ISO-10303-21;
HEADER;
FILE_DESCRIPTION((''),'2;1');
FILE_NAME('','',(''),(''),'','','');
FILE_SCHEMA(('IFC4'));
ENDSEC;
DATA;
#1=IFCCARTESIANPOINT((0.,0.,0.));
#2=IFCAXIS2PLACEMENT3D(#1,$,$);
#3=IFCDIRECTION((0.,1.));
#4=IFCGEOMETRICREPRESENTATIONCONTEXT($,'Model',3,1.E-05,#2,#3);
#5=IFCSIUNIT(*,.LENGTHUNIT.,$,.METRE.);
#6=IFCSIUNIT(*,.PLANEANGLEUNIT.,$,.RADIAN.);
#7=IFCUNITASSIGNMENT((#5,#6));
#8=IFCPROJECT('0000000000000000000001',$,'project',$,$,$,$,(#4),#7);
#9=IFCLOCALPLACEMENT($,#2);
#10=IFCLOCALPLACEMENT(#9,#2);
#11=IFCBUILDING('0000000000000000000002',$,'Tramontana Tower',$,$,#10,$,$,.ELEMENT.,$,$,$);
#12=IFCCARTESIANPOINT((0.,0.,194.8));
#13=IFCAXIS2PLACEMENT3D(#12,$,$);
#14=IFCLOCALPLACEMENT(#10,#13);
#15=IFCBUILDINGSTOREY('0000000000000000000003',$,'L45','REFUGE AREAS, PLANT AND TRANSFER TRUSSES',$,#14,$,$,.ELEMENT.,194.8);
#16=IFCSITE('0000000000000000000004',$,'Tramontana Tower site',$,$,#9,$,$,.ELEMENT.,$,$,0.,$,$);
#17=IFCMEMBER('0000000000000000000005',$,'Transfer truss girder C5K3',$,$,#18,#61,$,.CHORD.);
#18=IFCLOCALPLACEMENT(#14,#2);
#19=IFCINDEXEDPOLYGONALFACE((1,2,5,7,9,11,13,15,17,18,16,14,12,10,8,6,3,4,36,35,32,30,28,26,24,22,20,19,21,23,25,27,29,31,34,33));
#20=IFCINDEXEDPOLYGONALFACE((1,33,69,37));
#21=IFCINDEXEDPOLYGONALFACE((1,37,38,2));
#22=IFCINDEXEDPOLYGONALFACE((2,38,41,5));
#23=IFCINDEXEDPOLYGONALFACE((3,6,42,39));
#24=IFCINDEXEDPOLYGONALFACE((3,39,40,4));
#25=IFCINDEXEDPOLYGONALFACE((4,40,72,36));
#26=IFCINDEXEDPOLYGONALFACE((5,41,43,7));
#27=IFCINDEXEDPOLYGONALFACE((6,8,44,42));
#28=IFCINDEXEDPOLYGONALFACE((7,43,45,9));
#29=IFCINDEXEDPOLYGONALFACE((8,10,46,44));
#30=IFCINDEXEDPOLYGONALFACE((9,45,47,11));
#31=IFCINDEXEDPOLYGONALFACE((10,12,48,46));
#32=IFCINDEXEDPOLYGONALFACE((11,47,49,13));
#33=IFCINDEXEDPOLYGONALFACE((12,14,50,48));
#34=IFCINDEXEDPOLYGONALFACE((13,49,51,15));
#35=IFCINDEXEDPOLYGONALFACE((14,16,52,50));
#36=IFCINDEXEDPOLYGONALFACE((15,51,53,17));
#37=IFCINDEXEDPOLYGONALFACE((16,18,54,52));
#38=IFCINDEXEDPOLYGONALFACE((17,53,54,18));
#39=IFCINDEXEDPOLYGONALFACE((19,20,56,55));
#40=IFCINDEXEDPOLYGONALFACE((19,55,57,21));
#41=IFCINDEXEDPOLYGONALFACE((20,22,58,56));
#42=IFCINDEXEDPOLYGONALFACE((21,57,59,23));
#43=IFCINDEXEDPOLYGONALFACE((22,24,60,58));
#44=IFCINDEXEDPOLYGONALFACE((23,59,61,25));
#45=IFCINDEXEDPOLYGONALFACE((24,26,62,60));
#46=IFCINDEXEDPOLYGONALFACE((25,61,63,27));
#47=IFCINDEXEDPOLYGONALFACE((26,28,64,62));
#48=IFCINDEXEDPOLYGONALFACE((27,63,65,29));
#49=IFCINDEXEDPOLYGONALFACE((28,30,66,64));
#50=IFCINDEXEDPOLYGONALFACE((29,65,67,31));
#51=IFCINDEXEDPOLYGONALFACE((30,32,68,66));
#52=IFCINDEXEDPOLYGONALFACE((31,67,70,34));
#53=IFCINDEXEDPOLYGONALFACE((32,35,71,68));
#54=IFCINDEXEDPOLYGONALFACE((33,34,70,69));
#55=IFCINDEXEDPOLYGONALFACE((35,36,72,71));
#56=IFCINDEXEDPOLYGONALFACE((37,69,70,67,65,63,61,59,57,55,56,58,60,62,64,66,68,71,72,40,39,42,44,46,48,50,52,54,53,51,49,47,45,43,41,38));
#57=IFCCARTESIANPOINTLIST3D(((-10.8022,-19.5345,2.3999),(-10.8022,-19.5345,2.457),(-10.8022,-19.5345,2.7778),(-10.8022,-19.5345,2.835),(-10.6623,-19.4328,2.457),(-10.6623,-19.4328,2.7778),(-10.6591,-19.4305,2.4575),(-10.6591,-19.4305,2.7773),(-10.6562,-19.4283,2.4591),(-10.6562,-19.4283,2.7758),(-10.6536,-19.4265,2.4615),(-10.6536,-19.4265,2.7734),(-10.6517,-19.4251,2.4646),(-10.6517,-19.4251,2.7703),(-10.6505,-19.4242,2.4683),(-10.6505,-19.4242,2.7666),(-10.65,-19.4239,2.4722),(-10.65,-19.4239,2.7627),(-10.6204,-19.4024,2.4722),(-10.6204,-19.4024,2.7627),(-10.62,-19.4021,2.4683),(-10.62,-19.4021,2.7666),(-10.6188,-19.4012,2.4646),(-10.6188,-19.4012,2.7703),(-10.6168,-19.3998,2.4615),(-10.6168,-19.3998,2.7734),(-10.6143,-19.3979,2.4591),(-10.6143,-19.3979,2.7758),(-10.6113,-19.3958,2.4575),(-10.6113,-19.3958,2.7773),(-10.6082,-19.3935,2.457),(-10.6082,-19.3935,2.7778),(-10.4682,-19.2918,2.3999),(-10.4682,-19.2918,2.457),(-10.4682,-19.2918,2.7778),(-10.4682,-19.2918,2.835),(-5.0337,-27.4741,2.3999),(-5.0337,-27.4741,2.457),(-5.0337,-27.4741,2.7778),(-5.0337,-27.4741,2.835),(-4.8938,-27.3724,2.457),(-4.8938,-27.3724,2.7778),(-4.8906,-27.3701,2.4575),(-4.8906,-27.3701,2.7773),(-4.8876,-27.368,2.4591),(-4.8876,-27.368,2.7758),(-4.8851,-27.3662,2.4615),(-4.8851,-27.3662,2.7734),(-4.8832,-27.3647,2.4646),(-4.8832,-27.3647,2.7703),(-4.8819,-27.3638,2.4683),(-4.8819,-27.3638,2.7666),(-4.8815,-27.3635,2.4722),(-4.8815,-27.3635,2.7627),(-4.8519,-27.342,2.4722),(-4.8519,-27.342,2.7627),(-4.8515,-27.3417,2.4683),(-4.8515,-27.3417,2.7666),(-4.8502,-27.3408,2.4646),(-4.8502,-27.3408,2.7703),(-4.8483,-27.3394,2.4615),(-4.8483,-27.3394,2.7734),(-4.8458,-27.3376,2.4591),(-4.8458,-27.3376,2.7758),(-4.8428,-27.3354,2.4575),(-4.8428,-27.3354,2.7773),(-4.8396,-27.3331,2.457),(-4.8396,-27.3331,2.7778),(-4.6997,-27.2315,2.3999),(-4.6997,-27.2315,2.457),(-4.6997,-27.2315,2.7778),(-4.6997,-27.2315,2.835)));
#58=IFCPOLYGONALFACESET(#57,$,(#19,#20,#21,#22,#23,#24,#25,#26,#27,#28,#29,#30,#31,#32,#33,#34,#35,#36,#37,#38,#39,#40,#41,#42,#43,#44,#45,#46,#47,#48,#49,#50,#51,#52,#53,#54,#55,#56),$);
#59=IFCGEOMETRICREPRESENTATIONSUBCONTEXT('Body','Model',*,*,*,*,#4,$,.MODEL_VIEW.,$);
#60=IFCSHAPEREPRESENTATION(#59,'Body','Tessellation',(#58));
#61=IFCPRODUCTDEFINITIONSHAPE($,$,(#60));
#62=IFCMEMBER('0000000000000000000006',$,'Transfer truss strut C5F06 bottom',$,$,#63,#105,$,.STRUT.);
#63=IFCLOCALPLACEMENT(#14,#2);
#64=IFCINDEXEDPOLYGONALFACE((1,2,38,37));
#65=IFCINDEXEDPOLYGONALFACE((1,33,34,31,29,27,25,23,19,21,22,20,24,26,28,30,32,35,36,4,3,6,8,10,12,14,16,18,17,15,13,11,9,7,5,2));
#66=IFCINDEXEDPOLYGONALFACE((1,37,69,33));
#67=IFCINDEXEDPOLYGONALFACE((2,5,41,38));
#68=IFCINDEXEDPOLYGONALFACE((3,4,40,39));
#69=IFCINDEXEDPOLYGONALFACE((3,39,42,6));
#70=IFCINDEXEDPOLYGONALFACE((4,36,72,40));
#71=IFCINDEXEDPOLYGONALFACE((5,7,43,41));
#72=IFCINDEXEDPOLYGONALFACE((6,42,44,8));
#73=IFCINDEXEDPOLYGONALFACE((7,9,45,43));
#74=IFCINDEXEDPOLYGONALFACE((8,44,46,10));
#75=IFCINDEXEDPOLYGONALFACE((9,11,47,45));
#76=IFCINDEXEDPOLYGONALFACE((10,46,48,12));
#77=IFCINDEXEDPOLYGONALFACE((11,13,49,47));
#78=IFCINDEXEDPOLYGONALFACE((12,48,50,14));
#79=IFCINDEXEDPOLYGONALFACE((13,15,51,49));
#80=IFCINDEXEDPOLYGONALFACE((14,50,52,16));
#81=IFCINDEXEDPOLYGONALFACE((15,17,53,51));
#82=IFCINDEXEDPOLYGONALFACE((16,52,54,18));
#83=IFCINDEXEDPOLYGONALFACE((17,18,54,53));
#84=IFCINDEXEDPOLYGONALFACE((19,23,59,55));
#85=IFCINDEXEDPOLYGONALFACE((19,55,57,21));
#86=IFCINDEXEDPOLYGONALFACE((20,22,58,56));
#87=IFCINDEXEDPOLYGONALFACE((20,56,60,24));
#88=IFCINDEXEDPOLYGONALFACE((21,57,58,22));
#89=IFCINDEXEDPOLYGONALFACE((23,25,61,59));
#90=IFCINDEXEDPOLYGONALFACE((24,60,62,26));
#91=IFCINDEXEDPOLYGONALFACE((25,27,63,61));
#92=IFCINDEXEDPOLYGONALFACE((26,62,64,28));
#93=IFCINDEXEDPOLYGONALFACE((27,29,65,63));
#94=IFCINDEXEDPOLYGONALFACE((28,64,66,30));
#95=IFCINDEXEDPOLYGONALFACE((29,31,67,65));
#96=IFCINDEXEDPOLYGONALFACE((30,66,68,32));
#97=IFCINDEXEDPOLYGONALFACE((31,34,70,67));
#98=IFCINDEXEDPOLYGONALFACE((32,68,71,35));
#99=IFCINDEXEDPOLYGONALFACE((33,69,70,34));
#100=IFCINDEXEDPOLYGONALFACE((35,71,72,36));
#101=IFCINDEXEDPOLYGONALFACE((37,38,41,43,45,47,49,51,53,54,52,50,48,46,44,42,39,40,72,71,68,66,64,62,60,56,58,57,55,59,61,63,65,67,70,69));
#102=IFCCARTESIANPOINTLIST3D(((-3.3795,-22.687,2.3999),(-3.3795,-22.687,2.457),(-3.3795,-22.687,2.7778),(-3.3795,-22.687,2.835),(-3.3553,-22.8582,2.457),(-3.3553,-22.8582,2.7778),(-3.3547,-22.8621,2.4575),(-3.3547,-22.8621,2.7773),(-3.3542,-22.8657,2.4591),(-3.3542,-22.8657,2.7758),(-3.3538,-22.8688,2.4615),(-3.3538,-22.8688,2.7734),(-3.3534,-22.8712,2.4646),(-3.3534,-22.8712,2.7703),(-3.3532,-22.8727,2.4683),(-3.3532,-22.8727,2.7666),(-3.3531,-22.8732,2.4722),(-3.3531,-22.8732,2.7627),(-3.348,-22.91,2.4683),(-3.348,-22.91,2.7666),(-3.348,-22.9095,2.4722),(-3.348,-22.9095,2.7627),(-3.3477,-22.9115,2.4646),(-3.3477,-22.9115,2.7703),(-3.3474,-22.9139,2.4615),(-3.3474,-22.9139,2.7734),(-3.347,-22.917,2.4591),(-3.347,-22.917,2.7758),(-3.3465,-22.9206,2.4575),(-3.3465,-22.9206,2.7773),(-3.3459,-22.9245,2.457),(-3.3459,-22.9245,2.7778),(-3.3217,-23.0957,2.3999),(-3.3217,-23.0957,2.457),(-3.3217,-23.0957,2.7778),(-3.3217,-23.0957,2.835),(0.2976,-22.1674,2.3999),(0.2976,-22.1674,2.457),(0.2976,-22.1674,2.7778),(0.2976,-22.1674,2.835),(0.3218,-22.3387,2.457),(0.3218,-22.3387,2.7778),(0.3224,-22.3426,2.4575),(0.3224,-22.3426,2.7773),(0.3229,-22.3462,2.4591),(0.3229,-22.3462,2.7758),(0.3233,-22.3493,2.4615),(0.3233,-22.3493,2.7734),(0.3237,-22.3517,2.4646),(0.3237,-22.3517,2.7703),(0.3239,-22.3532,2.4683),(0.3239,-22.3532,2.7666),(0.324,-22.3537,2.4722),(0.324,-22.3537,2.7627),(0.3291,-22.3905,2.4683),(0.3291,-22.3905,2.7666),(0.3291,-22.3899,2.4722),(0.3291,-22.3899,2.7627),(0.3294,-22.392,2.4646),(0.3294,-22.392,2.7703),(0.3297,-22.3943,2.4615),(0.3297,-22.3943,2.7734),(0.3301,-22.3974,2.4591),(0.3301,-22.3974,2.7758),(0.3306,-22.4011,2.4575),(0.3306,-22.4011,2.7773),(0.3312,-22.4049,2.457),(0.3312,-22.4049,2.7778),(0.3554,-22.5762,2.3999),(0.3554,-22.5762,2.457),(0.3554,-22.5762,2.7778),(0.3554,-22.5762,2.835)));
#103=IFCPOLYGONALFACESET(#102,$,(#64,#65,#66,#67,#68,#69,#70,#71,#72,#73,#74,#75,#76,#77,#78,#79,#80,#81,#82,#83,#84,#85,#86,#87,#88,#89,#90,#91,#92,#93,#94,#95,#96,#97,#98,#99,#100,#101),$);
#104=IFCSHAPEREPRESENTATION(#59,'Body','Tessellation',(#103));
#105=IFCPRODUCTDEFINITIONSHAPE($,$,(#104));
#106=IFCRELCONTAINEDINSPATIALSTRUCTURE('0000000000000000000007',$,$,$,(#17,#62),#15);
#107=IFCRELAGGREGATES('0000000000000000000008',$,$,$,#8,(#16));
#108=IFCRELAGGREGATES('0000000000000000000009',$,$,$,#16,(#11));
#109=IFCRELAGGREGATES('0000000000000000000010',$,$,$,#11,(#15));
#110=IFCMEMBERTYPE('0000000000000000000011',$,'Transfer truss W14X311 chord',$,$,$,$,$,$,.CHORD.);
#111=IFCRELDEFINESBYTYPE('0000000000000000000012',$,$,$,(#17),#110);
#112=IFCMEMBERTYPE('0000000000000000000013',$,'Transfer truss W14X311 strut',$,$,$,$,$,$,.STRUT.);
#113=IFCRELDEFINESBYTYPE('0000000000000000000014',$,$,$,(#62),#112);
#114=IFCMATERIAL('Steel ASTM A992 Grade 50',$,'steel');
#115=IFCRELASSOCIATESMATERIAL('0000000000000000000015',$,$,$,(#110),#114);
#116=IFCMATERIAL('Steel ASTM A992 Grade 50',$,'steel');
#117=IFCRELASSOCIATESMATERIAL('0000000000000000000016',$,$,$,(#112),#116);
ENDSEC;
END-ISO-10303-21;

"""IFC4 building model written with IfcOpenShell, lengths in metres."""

from ifc_helpers import new_model, si_unit, direction, frame, origin, origin_2d, place, context, subcontext, project, spatial, i_section, extrude, material, material_profile, profile_set, type_object, element, save


model = new_model("IFC4")

# Units and contexts
model_context = context("Model", 3, precision=1e-05, world=origin(), true_north=direction((0.0, 1.0)))
body_context = subcontext(model_context, "Body", "Model", "MODEL_VIEW")
ifc_project = project(units=[si_unit("LENGTHUNIT", "METRE"), si_unit("PLANEANGLEUNIT", "RADIAN")], contexts=[model_context])

# Site, building, storey
site_placement = place(None, origin())
site = spatial("IfcSite", under=ifc_project, at=site_placement, Name="Tramontana Tower site", CompositionType="ELEMENT", RefElevation=0.0)
building_placement = place(site_placement, origin())
building = spatial("IfcBuilding", under=site, at=building_placement, Name="Tramontana Tower", CompositionType="ELEMENT")
storey_placement = place(building_placement, frame((0.0, 0.0, 194.8)))
storey = spatial("IfcBuildingStorey", under=building, at=storey_placement, Name="L45", Description="REFUGE AREAS, PLANT AND TRANSFER TRUSSES", CompositionType="ELEMENT", Elevation=194.8)

# Members
ifc_material_1 = material(Name="Steel ASTM A992 Grade 50", Category="steel")
ifc_material_profile_1 = material_profile(ifc_material_1, i_section(OverallWidth=0.4128, OverallDepth=0.4351, WebThickness=0.0366, FlangeThickness=0.0571, FilletRadius=0.0151, at=origin_2d()), Name="W14X311")
ifc_profile_set_1 = profile_set([ifc_material_profile_1], Name="Steel ASTM A992 Grade 50")
member_type_1 = type_object("IfcMemberType", Name="Transfer truss W14X311 chord", PredefinedType="CHORD", material=ifc_profile_set_1)
member_1_placement = place(storey_placement, frame((-4.8667, -27.3528, 2.6174), z_axis=(-0.587787, 0.809016, 0.0), x_axis=(-0.809016, -0.587787, 0.0)))
element("IfcMember", 1, at=member_1_placement, inside=storey, type_object=member_type_1, Name="Transfer truss girder C5K3", PredefinedType="CHORD", context=body_context, shape_type="SweptSolid", body=[
    extrude(i_section(OverallWidth=0.4128, OverallDepth=0.4351, WebThickness=0.0366, FlangeThickness=0.0571, FilletRadius=0.0151, at=origin_2d()), origin(), (0.0, 0.0, 1.0), 9.814),
])
ifc_material_2 = material(Name="Steel ASTM A992 Grade 50", Category="steel")
ifc_material_profile_2 = material_profile(ifc_material_2, i_section(OverallWidth=0.4128, OverallDepth=0.4351, WebThickness=0.0366, FlangeThickness=0.0571, FilletRadius=0.0151, at=origin_2d()), Name="W14X311")
ifc_profile_set_2 = profile_set([ifc_material_profile_2], Name="Steel ASTM A992 Grade 50")
member_type_2 = type_object("IfcMemberType", Name="Transfer truss W14X311 strut", PredefinedType="STRUT", material=ifc_profile_set_2)
member_2_placement = place(storey_placement, frame((-3.3506, -22.8914, 2.6174), z_axis=(0.990165, 0.139903, 0.0), x_axis=(-0.139903, 0.990165, 0.0)))
element("IfcMember", 2, at=member_2_placement, inside=storey, type_object=member_type_2, Name="Transfer truss strut C5F06 bottom", PredefinedType="STRUT", context=body_context, shape_type="SweptSolid", body=[
    extrude(i_section(OverallWidth=0.4128, OverallDepth=0.4351, WebThickness=0.0366, FlangeThickness=0.0571, FilletRadius=0.0151, at=origin_2d()), origin(), (0.0, 0.0, 1.0), 3.7136),
])

save(model, "model.ifc")
